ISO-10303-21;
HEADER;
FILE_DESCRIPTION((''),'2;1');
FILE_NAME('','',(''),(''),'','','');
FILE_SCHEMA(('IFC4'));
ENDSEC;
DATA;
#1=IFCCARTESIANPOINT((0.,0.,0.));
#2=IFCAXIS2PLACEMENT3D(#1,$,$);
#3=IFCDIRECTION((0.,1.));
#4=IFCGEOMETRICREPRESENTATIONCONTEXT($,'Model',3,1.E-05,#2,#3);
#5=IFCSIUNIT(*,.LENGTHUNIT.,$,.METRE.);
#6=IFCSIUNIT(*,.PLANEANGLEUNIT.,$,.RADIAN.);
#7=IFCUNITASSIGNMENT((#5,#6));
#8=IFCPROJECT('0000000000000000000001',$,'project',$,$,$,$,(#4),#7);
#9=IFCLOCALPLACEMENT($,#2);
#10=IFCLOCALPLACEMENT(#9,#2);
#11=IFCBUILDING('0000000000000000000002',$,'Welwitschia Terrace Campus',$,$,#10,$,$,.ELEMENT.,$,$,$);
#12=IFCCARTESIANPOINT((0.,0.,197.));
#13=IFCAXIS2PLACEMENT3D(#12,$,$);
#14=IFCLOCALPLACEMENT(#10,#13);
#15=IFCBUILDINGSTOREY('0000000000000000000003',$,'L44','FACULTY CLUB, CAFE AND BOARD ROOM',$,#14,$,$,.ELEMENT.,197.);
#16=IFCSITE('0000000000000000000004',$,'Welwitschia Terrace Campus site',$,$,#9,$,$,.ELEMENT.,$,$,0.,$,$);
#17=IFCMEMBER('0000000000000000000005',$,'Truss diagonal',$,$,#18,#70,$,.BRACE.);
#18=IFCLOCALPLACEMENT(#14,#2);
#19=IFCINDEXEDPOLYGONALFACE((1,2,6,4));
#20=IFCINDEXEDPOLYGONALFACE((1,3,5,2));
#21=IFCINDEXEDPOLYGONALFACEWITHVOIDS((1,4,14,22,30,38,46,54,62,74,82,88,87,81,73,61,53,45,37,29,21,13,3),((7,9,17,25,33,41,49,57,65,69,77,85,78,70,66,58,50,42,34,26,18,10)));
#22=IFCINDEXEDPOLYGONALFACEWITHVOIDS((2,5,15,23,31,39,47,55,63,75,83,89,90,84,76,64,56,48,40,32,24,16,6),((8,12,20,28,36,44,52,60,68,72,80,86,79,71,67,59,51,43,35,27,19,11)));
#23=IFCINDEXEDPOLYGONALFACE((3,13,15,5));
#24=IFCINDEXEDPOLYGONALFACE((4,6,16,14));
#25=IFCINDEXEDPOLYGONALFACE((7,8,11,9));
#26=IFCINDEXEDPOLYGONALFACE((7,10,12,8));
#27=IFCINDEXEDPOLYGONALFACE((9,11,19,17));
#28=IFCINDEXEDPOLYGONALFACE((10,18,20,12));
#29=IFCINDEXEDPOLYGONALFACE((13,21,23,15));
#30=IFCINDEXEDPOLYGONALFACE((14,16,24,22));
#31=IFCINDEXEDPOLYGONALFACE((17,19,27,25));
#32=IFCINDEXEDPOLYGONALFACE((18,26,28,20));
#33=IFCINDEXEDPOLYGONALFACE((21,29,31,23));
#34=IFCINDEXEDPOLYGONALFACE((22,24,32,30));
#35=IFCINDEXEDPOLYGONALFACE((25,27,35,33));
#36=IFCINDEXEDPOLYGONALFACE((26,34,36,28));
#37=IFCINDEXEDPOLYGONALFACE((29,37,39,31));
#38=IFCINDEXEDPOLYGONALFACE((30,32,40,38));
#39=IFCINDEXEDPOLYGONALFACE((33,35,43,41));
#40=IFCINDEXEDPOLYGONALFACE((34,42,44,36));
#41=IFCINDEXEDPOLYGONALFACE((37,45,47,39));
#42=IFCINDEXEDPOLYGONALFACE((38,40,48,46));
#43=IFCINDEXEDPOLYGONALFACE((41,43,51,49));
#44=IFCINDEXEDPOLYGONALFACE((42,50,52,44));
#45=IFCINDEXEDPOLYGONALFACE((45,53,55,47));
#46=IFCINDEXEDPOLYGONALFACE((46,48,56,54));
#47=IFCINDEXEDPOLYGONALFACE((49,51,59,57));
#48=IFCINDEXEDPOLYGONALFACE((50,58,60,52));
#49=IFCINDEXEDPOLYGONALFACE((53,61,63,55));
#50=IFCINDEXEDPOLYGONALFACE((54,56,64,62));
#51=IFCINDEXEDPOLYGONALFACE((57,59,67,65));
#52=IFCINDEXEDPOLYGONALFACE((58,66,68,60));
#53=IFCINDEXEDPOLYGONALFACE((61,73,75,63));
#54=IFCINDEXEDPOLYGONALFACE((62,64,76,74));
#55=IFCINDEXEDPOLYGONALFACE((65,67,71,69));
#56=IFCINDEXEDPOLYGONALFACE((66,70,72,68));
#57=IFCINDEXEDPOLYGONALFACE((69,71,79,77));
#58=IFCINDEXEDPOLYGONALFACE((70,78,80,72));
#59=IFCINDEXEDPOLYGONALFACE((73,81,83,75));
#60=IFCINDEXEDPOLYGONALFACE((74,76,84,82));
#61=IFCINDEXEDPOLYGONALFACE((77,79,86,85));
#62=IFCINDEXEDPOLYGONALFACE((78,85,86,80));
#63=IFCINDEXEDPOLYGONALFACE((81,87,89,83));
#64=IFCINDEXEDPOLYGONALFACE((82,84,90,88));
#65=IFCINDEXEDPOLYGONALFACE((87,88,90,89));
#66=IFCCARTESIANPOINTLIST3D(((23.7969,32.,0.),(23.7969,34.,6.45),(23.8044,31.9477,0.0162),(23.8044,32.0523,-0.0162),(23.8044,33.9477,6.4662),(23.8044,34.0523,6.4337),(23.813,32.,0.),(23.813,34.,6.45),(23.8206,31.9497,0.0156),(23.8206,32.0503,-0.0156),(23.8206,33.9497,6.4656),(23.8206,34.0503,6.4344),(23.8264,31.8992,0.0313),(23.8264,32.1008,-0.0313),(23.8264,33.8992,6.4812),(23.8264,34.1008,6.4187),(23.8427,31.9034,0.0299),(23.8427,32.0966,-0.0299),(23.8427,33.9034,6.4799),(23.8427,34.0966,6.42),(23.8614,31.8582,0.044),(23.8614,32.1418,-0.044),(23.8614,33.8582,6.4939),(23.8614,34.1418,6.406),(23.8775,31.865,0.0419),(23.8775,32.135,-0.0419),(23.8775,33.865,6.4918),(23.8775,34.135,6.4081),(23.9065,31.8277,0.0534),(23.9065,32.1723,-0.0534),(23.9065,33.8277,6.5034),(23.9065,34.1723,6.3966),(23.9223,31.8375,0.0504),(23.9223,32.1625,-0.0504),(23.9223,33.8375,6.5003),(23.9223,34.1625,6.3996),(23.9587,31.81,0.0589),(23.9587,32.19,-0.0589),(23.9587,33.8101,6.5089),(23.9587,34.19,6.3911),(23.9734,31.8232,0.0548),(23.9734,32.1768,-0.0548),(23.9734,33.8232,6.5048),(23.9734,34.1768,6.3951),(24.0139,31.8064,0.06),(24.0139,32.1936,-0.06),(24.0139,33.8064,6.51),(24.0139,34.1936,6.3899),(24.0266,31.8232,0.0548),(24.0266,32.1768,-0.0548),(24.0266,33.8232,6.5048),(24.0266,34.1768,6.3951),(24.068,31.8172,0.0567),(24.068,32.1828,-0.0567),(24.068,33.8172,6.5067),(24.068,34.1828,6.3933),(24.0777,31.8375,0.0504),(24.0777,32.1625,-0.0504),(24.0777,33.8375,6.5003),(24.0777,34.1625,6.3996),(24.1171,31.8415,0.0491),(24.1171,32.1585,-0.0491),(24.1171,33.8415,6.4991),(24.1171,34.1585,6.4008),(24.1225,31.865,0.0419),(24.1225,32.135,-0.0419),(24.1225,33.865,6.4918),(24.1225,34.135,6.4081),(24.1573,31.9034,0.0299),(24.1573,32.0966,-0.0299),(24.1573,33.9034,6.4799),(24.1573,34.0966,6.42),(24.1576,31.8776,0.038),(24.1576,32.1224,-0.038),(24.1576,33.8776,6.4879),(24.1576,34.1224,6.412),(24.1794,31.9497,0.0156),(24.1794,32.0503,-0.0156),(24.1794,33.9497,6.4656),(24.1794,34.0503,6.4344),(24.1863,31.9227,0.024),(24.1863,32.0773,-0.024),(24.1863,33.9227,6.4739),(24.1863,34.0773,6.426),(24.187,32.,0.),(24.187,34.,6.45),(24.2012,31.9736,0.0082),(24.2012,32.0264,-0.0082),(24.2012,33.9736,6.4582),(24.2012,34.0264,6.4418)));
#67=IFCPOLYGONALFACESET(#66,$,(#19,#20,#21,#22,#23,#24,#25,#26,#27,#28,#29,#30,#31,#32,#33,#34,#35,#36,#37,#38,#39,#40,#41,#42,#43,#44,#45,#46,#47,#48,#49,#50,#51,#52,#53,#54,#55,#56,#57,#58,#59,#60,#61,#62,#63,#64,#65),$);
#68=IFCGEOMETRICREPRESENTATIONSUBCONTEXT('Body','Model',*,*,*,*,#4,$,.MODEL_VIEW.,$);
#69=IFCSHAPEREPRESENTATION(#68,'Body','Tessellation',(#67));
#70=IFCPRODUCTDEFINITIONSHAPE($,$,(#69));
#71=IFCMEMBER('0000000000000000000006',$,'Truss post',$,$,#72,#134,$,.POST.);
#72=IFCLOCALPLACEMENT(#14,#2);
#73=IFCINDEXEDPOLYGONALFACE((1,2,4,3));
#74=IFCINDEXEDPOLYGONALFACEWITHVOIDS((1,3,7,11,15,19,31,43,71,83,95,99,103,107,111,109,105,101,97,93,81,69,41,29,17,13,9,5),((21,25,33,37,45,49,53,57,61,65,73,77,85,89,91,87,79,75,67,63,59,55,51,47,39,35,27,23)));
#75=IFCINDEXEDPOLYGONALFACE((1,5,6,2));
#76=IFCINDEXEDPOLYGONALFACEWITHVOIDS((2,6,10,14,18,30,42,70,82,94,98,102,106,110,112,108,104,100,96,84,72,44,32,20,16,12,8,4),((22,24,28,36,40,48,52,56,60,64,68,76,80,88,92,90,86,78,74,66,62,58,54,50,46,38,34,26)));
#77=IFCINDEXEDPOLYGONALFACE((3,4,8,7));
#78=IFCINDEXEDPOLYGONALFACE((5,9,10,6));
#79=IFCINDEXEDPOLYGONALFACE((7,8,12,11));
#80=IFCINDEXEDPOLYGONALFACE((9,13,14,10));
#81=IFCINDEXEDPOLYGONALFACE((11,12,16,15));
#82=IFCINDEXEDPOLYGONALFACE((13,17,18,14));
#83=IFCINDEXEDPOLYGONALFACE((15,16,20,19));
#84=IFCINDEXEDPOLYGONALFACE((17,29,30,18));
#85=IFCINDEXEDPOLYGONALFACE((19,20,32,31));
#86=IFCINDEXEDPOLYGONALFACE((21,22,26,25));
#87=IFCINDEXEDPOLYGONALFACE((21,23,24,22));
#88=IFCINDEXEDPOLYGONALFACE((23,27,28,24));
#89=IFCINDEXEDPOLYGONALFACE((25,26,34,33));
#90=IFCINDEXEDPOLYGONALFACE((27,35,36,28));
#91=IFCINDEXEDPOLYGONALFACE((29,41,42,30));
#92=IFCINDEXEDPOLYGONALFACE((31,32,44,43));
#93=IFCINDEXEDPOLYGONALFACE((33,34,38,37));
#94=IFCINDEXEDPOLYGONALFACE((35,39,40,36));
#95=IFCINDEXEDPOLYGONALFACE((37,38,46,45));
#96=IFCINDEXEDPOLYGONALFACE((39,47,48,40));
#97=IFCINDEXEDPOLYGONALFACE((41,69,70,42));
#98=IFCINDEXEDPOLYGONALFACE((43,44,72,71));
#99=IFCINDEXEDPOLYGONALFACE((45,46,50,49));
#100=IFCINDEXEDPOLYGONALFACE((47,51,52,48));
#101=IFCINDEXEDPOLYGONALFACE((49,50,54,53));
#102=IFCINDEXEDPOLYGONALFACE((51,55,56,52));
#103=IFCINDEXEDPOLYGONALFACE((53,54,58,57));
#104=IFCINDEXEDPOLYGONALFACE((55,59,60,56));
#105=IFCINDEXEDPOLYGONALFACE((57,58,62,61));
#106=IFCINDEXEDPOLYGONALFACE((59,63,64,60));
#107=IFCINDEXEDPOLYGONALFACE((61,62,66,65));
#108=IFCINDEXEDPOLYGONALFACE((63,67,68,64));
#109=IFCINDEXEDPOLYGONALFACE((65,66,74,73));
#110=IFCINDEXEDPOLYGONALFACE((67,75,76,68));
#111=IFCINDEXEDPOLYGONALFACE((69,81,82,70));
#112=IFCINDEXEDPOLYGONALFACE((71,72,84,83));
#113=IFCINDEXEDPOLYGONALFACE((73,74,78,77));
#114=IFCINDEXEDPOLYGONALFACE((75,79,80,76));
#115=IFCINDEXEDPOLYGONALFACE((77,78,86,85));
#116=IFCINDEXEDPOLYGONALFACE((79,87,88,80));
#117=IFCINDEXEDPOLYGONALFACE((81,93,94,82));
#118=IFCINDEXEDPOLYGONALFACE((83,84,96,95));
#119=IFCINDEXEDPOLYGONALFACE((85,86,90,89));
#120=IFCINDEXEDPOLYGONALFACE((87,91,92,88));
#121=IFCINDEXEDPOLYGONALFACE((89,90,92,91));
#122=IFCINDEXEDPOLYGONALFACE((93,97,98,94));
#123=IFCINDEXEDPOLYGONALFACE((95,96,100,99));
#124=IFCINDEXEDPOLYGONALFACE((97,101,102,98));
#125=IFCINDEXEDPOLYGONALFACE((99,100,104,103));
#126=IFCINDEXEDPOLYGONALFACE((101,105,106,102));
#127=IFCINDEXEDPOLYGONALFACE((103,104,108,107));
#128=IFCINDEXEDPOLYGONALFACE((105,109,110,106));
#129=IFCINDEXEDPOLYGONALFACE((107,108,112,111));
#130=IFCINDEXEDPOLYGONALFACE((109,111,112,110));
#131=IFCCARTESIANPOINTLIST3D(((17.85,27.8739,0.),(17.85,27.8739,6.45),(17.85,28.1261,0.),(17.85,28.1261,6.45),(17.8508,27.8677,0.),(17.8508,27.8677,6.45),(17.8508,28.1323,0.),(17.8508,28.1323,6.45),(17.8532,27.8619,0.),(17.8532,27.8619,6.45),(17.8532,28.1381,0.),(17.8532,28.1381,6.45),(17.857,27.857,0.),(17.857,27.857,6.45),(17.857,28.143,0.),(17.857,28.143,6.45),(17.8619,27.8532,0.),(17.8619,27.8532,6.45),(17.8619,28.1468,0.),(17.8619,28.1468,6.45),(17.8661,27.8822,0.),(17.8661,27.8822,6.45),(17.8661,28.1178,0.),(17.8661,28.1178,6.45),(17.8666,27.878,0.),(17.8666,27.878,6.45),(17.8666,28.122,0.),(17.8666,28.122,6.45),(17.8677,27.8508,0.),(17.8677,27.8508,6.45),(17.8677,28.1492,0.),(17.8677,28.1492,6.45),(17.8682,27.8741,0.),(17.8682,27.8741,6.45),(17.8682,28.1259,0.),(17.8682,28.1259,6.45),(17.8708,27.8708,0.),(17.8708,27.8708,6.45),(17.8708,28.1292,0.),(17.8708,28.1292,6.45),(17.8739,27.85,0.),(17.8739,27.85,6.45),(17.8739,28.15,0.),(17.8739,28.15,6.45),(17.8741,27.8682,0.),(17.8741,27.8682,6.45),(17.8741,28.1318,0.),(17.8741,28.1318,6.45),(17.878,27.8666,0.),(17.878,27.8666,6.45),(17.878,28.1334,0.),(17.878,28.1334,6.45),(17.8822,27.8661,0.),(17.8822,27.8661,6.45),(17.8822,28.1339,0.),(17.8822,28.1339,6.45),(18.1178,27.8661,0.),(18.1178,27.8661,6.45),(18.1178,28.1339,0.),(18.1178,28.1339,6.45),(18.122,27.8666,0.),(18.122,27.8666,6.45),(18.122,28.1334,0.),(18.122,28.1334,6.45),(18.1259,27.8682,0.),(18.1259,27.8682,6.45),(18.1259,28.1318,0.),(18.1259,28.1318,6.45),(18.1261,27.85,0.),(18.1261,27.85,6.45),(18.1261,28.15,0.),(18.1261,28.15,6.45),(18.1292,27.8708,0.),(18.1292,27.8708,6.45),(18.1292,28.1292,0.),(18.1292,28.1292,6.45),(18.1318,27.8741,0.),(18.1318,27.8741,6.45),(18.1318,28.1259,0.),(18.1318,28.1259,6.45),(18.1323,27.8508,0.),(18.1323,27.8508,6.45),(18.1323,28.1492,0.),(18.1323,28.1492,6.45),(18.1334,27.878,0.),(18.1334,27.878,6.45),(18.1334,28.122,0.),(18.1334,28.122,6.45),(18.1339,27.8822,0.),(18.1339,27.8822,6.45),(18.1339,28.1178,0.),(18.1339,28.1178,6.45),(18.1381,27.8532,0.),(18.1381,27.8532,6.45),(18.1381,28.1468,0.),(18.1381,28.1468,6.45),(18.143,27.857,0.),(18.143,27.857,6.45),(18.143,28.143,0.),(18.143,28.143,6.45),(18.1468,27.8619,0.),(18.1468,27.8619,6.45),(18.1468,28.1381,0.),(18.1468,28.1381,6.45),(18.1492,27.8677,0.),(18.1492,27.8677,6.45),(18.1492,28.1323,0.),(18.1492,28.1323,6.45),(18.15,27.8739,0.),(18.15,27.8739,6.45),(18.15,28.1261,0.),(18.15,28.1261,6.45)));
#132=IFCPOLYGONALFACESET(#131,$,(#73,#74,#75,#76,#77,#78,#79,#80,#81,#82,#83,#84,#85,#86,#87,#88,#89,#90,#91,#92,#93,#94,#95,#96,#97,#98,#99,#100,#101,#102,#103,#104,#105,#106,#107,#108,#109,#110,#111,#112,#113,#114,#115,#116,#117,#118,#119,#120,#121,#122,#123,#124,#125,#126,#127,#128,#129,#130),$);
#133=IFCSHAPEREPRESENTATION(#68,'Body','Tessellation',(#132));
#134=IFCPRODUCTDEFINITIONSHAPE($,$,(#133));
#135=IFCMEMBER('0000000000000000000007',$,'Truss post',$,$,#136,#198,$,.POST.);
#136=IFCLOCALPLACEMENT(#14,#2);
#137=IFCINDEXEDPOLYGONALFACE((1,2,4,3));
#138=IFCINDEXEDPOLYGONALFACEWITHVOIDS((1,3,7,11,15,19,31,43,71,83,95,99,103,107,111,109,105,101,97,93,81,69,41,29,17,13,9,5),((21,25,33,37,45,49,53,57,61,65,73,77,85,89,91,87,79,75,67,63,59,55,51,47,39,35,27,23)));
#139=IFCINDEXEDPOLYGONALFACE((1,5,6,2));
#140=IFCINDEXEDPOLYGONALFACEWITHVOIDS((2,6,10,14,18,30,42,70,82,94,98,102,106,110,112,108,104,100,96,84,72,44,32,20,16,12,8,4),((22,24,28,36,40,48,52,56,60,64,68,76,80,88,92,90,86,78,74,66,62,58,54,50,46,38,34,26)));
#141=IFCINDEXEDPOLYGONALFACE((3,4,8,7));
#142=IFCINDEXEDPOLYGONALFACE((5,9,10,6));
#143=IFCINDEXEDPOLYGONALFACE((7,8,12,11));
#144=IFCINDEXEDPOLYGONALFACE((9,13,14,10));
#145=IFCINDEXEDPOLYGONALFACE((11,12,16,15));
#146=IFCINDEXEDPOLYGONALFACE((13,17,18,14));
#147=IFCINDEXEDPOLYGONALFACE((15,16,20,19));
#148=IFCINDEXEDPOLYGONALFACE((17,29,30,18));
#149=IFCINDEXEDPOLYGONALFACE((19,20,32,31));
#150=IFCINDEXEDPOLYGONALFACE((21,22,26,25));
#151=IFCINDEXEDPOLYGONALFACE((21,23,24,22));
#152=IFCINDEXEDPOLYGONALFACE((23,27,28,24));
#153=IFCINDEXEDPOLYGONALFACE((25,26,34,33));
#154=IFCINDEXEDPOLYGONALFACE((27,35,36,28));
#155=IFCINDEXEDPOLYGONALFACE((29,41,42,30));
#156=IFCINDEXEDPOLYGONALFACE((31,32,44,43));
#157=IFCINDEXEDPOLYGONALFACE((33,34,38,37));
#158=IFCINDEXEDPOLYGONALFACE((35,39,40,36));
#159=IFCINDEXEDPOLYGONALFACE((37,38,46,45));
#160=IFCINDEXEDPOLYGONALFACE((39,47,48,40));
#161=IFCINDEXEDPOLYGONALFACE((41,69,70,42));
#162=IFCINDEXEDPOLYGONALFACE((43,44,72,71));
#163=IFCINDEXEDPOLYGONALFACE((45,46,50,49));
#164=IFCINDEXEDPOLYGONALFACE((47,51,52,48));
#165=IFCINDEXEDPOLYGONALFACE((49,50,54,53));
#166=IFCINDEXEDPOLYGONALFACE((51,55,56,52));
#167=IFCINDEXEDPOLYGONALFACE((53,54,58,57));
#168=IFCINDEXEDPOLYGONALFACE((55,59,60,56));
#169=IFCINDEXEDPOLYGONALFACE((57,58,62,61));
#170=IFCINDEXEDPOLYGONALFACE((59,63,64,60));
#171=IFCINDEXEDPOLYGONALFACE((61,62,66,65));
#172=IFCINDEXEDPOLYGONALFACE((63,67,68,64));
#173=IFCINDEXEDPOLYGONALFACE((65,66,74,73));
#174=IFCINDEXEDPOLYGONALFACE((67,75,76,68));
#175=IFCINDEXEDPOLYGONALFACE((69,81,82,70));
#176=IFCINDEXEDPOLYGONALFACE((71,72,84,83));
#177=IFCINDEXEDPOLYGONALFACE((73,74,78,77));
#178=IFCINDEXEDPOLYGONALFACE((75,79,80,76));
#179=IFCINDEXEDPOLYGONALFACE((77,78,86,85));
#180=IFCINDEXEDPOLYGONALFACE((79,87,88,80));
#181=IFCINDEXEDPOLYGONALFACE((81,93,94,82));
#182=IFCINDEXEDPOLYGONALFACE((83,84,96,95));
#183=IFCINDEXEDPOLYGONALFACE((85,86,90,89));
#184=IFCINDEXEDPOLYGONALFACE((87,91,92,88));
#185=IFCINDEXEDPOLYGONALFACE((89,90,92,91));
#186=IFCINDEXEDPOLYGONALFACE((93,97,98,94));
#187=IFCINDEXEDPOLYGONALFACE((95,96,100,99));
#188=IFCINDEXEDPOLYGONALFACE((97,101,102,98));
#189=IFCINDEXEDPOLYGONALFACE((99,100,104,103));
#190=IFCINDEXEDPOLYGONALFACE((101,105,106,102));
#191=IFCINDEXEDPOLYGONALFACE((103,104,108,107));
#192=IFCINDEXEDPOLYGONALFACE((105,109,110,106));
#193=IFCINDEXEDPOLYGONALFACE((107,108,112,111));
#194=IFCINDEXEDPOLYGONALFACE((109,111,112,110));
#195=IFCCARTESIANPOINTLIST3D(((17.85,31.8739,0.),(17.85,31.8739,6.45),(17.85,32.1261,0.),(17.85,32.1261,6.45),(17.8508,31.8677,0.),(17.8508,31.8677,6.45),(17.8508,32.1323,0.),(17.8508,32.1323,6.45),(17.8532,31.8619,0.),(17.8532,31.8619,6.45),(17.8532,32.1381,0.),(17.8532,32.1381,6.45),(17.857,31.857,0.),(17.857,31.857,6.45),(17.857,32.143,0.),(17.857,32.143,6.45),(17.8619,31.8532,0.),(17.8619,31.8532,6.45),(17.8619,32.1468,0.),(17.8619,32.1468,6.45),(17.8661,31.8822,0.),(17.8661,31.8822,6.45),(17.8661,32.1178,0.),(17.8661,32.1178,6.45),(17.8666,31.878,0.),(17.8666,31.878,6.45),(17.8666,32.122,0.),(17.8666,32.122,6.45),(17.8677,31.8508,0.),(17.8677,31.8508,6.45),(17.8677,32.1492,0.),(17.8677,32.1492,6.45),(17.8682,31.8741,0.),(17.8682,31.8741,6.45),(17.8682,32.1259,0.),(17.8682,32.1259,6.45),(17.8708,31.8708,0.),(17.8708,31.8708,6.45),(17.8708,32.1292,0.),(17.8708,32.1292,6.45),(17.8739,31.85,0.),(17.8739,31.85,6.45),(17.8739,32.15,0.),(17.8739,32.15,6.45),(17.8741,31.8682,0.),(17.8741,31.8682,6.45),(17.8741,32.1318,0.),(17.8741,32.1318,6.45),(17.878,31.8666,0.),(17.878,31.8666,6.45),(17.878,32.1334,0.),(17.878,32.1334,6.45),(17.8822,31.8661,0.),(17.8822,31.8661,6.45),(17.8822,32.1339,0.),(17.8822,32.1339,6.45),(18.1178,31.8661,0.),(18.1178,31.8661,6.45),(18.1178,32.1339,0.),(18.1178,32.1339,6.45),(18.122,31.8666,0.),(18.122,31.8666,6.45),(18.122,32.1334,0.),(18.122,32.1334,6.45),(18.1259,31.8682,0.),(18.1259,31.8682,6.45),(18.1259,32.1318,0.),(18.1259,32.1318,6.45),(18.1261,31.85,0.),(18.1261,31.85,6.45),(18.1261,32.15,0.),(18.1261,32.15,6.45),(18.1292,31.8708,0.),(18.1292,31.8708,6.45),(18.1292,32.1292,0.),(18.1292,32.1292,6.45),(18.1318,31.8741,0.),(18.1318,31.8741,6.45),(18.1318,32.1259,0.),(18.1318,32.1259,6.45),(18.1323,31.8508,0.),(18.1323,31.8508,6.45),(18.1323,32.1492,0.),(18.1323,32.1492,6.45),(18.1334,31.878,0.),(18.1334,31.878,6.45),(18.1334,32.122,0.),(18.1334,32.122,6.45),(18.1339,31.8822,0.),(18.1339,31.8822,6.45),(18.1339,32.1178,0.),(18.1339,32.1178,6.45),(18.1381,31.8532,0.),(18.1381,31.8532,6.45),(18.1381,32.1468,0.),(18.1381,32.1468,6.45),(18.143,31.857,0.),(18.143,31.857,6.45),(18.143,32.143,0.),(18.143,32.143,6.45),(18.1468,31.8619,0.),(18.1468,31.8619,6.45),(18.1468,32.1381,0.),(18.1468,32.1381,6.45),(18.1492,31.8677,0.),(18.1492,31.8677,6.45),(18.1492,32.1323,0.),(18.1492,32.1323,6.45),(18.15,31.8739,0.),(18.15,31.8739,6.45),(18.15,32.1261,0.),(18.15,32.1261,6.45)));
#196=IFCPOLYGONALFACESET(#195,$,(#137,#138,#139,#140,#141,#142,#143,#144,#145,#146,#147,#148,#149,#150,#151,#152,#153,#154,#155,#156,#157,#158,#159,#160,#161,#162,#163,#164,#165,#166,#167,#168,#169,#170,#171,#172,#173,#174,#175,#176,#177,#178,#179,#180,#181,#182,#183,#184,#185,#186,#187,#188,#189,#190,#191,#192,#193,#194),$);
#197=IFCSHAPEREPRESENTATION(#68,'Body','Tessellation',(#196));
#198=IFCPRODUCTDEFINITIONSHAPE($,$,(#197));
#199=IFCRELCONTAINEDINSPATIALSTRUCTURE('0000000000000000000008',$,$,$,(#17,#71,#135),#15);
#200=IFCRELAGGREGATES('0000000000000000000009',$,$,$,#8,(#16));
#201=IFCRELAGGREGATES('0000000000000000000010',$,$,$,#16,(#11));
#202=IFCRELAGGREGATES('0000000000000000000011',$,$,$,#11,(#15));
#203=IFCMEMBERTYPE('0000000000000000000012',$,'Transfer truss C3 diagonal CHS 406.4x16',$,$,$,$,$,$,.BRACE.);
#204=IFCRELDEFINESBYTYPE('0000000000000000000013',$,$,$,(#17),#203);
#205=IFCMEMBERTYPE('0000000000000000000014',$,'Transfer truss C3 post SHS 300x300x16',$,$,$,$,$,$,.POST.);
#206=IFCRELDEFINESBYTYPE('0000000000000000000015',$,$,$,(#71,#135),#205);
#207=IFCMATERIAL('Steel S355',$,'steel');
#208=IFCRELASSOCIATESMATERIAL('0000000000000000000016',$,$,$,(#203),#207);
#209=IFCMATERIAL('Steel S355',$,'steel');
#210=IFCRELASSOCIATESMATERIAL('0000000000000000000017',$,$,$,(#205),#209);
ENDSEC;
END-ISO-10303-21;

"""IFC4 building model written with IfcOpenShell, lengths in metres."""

from ifc_helpers import new_model, si_unit, direction, frame, origin, origin_2d, place, context, subcontext, project, spatial, hollow_rectangle, hollow_circle, extrude, material, material_profile, profile_set, type_object, element, save


model = new_model("IFC4")

# Units and contexts
model_context = context("Model", 3, precision=1e-05, world=origin(), true_north=direction((0.0, 1.0)))
body_context = subcontext(model_context, "Body", "Model", "MODEL_VIEW")
ifc_project = project(units=[si_unit("LENGTHUNIT", "METRE"), si_unit("PLANEANGLEUNIT", "RADIAN")], contexts=[model_context])

# Site, building, storey
site_placement = place(None, origin())
site = spatial("IfcSite", under=ifc_project, at=site_placement, Name="Welwitschia Terrace Campus site", CompositionType="ELEMENT", RefElevation=0.0)
building_placement = place(site_placement, origin())
building = spatial("IfcBuilding", under=site, at=building_placement, Name="Welwitschia Terrace Campus", CompositionType="ELEMENT")
storey_placement = place(building_placement, frame((0.0, 0.0, 197.0)))
storey = spatial("IfcBuildingStorey", under=building, at=storey_placement, Name="L44", Description="FACULTY CLUB, CAFE AND BOARD ROOM", CompositionType="ELEMENT", Elevation=197.0)

# Members
ifc_material_1 = material(Name="Steel S355", Category="steel")
ifc_material_profile_1 = material_profile(ifc_material_1, hollow_circle(Radius=0.2031, WallThickness=0.0161, at=origin_2d()))
ifc_profile_set_1 = profile_set([ifc_material_profile_1], Name="Steel S355")
member_type_1 = type_object("IfcMemberType", Name="Transfer truss C3 diagonal CHS 406.4x16", PredefinedType="BRACE", material=ifc_profile_set_1)
member_1_placement = place(storey_placement, frame((24.0, 32.0, 0.0), z_axis=(0.0, 0.296168, 0.955136), x_axis=(-1.0, 0.0, 0.0)))
element("IfcMember", 1, at=member_1_placement, inside=storey, type_object=member_type_1, Name="Truss diagonal", PredefinedType="BRACE", context=body_context, shape_type="SweptSolid", body=[
    extrude(hollow_circle(Radius=0.2031, WallThickness=0.0161, at=origin_2d()), origin(), (0.0, 0.0, 1.0), 6.7529),
])
ifc_material_2 = material(Name="Steel S355", Category="steel")
ifc_material_profile_2 = material_profile(ifc_material_2, hollow_rectangle(XDim=0.3, YDim=0.3, WallThickness=0.0161, InnerFilletRadius=0.0161, OuterFilletRadius=0.0239, at=origin_2d()))
ifc_profile_set_2 = profile_set([ifc_material_profile_2], Name="Steel S355")
member_type_2 = type_object("IfcMemberType", Name="Transfer truss C3 post SHS 300x300x16", PredefinedType="POST", material=ifc_profile_set_2)
for number, where, z_axis, x_axis, name in (
    (2, (18.0, 28.0, 0.0), (0.0, 0.0, 1.0), (1.0, 0.0, 0.0), "Truss post"),
    (3, (18.0, 32.0, 0.0), (0.0, 0.0, 1.0), (1.0, 0.0, 0.0), "Truss post"),
):
    element("IfcMember", number, at=place(storey_placement, frame(where, z_axis=z_axis, x_axis=x_axis)), inside=storey, type_object=member_type_2, Name=name, PredefinedType="POST", context=body_context, shape_type="SweptSolid", body=[
        extrude(hollow_rectangle(XDim=0.3, YDim=0.3, WallThickness=0.0161, InnerFilletRadius=0.0161, OuterFilletRadius=0.0239, at=origin_2d()), origin(), (0.0, 0.0, 1.0), 6.45),
    ])

save(model, "model.ifc")
